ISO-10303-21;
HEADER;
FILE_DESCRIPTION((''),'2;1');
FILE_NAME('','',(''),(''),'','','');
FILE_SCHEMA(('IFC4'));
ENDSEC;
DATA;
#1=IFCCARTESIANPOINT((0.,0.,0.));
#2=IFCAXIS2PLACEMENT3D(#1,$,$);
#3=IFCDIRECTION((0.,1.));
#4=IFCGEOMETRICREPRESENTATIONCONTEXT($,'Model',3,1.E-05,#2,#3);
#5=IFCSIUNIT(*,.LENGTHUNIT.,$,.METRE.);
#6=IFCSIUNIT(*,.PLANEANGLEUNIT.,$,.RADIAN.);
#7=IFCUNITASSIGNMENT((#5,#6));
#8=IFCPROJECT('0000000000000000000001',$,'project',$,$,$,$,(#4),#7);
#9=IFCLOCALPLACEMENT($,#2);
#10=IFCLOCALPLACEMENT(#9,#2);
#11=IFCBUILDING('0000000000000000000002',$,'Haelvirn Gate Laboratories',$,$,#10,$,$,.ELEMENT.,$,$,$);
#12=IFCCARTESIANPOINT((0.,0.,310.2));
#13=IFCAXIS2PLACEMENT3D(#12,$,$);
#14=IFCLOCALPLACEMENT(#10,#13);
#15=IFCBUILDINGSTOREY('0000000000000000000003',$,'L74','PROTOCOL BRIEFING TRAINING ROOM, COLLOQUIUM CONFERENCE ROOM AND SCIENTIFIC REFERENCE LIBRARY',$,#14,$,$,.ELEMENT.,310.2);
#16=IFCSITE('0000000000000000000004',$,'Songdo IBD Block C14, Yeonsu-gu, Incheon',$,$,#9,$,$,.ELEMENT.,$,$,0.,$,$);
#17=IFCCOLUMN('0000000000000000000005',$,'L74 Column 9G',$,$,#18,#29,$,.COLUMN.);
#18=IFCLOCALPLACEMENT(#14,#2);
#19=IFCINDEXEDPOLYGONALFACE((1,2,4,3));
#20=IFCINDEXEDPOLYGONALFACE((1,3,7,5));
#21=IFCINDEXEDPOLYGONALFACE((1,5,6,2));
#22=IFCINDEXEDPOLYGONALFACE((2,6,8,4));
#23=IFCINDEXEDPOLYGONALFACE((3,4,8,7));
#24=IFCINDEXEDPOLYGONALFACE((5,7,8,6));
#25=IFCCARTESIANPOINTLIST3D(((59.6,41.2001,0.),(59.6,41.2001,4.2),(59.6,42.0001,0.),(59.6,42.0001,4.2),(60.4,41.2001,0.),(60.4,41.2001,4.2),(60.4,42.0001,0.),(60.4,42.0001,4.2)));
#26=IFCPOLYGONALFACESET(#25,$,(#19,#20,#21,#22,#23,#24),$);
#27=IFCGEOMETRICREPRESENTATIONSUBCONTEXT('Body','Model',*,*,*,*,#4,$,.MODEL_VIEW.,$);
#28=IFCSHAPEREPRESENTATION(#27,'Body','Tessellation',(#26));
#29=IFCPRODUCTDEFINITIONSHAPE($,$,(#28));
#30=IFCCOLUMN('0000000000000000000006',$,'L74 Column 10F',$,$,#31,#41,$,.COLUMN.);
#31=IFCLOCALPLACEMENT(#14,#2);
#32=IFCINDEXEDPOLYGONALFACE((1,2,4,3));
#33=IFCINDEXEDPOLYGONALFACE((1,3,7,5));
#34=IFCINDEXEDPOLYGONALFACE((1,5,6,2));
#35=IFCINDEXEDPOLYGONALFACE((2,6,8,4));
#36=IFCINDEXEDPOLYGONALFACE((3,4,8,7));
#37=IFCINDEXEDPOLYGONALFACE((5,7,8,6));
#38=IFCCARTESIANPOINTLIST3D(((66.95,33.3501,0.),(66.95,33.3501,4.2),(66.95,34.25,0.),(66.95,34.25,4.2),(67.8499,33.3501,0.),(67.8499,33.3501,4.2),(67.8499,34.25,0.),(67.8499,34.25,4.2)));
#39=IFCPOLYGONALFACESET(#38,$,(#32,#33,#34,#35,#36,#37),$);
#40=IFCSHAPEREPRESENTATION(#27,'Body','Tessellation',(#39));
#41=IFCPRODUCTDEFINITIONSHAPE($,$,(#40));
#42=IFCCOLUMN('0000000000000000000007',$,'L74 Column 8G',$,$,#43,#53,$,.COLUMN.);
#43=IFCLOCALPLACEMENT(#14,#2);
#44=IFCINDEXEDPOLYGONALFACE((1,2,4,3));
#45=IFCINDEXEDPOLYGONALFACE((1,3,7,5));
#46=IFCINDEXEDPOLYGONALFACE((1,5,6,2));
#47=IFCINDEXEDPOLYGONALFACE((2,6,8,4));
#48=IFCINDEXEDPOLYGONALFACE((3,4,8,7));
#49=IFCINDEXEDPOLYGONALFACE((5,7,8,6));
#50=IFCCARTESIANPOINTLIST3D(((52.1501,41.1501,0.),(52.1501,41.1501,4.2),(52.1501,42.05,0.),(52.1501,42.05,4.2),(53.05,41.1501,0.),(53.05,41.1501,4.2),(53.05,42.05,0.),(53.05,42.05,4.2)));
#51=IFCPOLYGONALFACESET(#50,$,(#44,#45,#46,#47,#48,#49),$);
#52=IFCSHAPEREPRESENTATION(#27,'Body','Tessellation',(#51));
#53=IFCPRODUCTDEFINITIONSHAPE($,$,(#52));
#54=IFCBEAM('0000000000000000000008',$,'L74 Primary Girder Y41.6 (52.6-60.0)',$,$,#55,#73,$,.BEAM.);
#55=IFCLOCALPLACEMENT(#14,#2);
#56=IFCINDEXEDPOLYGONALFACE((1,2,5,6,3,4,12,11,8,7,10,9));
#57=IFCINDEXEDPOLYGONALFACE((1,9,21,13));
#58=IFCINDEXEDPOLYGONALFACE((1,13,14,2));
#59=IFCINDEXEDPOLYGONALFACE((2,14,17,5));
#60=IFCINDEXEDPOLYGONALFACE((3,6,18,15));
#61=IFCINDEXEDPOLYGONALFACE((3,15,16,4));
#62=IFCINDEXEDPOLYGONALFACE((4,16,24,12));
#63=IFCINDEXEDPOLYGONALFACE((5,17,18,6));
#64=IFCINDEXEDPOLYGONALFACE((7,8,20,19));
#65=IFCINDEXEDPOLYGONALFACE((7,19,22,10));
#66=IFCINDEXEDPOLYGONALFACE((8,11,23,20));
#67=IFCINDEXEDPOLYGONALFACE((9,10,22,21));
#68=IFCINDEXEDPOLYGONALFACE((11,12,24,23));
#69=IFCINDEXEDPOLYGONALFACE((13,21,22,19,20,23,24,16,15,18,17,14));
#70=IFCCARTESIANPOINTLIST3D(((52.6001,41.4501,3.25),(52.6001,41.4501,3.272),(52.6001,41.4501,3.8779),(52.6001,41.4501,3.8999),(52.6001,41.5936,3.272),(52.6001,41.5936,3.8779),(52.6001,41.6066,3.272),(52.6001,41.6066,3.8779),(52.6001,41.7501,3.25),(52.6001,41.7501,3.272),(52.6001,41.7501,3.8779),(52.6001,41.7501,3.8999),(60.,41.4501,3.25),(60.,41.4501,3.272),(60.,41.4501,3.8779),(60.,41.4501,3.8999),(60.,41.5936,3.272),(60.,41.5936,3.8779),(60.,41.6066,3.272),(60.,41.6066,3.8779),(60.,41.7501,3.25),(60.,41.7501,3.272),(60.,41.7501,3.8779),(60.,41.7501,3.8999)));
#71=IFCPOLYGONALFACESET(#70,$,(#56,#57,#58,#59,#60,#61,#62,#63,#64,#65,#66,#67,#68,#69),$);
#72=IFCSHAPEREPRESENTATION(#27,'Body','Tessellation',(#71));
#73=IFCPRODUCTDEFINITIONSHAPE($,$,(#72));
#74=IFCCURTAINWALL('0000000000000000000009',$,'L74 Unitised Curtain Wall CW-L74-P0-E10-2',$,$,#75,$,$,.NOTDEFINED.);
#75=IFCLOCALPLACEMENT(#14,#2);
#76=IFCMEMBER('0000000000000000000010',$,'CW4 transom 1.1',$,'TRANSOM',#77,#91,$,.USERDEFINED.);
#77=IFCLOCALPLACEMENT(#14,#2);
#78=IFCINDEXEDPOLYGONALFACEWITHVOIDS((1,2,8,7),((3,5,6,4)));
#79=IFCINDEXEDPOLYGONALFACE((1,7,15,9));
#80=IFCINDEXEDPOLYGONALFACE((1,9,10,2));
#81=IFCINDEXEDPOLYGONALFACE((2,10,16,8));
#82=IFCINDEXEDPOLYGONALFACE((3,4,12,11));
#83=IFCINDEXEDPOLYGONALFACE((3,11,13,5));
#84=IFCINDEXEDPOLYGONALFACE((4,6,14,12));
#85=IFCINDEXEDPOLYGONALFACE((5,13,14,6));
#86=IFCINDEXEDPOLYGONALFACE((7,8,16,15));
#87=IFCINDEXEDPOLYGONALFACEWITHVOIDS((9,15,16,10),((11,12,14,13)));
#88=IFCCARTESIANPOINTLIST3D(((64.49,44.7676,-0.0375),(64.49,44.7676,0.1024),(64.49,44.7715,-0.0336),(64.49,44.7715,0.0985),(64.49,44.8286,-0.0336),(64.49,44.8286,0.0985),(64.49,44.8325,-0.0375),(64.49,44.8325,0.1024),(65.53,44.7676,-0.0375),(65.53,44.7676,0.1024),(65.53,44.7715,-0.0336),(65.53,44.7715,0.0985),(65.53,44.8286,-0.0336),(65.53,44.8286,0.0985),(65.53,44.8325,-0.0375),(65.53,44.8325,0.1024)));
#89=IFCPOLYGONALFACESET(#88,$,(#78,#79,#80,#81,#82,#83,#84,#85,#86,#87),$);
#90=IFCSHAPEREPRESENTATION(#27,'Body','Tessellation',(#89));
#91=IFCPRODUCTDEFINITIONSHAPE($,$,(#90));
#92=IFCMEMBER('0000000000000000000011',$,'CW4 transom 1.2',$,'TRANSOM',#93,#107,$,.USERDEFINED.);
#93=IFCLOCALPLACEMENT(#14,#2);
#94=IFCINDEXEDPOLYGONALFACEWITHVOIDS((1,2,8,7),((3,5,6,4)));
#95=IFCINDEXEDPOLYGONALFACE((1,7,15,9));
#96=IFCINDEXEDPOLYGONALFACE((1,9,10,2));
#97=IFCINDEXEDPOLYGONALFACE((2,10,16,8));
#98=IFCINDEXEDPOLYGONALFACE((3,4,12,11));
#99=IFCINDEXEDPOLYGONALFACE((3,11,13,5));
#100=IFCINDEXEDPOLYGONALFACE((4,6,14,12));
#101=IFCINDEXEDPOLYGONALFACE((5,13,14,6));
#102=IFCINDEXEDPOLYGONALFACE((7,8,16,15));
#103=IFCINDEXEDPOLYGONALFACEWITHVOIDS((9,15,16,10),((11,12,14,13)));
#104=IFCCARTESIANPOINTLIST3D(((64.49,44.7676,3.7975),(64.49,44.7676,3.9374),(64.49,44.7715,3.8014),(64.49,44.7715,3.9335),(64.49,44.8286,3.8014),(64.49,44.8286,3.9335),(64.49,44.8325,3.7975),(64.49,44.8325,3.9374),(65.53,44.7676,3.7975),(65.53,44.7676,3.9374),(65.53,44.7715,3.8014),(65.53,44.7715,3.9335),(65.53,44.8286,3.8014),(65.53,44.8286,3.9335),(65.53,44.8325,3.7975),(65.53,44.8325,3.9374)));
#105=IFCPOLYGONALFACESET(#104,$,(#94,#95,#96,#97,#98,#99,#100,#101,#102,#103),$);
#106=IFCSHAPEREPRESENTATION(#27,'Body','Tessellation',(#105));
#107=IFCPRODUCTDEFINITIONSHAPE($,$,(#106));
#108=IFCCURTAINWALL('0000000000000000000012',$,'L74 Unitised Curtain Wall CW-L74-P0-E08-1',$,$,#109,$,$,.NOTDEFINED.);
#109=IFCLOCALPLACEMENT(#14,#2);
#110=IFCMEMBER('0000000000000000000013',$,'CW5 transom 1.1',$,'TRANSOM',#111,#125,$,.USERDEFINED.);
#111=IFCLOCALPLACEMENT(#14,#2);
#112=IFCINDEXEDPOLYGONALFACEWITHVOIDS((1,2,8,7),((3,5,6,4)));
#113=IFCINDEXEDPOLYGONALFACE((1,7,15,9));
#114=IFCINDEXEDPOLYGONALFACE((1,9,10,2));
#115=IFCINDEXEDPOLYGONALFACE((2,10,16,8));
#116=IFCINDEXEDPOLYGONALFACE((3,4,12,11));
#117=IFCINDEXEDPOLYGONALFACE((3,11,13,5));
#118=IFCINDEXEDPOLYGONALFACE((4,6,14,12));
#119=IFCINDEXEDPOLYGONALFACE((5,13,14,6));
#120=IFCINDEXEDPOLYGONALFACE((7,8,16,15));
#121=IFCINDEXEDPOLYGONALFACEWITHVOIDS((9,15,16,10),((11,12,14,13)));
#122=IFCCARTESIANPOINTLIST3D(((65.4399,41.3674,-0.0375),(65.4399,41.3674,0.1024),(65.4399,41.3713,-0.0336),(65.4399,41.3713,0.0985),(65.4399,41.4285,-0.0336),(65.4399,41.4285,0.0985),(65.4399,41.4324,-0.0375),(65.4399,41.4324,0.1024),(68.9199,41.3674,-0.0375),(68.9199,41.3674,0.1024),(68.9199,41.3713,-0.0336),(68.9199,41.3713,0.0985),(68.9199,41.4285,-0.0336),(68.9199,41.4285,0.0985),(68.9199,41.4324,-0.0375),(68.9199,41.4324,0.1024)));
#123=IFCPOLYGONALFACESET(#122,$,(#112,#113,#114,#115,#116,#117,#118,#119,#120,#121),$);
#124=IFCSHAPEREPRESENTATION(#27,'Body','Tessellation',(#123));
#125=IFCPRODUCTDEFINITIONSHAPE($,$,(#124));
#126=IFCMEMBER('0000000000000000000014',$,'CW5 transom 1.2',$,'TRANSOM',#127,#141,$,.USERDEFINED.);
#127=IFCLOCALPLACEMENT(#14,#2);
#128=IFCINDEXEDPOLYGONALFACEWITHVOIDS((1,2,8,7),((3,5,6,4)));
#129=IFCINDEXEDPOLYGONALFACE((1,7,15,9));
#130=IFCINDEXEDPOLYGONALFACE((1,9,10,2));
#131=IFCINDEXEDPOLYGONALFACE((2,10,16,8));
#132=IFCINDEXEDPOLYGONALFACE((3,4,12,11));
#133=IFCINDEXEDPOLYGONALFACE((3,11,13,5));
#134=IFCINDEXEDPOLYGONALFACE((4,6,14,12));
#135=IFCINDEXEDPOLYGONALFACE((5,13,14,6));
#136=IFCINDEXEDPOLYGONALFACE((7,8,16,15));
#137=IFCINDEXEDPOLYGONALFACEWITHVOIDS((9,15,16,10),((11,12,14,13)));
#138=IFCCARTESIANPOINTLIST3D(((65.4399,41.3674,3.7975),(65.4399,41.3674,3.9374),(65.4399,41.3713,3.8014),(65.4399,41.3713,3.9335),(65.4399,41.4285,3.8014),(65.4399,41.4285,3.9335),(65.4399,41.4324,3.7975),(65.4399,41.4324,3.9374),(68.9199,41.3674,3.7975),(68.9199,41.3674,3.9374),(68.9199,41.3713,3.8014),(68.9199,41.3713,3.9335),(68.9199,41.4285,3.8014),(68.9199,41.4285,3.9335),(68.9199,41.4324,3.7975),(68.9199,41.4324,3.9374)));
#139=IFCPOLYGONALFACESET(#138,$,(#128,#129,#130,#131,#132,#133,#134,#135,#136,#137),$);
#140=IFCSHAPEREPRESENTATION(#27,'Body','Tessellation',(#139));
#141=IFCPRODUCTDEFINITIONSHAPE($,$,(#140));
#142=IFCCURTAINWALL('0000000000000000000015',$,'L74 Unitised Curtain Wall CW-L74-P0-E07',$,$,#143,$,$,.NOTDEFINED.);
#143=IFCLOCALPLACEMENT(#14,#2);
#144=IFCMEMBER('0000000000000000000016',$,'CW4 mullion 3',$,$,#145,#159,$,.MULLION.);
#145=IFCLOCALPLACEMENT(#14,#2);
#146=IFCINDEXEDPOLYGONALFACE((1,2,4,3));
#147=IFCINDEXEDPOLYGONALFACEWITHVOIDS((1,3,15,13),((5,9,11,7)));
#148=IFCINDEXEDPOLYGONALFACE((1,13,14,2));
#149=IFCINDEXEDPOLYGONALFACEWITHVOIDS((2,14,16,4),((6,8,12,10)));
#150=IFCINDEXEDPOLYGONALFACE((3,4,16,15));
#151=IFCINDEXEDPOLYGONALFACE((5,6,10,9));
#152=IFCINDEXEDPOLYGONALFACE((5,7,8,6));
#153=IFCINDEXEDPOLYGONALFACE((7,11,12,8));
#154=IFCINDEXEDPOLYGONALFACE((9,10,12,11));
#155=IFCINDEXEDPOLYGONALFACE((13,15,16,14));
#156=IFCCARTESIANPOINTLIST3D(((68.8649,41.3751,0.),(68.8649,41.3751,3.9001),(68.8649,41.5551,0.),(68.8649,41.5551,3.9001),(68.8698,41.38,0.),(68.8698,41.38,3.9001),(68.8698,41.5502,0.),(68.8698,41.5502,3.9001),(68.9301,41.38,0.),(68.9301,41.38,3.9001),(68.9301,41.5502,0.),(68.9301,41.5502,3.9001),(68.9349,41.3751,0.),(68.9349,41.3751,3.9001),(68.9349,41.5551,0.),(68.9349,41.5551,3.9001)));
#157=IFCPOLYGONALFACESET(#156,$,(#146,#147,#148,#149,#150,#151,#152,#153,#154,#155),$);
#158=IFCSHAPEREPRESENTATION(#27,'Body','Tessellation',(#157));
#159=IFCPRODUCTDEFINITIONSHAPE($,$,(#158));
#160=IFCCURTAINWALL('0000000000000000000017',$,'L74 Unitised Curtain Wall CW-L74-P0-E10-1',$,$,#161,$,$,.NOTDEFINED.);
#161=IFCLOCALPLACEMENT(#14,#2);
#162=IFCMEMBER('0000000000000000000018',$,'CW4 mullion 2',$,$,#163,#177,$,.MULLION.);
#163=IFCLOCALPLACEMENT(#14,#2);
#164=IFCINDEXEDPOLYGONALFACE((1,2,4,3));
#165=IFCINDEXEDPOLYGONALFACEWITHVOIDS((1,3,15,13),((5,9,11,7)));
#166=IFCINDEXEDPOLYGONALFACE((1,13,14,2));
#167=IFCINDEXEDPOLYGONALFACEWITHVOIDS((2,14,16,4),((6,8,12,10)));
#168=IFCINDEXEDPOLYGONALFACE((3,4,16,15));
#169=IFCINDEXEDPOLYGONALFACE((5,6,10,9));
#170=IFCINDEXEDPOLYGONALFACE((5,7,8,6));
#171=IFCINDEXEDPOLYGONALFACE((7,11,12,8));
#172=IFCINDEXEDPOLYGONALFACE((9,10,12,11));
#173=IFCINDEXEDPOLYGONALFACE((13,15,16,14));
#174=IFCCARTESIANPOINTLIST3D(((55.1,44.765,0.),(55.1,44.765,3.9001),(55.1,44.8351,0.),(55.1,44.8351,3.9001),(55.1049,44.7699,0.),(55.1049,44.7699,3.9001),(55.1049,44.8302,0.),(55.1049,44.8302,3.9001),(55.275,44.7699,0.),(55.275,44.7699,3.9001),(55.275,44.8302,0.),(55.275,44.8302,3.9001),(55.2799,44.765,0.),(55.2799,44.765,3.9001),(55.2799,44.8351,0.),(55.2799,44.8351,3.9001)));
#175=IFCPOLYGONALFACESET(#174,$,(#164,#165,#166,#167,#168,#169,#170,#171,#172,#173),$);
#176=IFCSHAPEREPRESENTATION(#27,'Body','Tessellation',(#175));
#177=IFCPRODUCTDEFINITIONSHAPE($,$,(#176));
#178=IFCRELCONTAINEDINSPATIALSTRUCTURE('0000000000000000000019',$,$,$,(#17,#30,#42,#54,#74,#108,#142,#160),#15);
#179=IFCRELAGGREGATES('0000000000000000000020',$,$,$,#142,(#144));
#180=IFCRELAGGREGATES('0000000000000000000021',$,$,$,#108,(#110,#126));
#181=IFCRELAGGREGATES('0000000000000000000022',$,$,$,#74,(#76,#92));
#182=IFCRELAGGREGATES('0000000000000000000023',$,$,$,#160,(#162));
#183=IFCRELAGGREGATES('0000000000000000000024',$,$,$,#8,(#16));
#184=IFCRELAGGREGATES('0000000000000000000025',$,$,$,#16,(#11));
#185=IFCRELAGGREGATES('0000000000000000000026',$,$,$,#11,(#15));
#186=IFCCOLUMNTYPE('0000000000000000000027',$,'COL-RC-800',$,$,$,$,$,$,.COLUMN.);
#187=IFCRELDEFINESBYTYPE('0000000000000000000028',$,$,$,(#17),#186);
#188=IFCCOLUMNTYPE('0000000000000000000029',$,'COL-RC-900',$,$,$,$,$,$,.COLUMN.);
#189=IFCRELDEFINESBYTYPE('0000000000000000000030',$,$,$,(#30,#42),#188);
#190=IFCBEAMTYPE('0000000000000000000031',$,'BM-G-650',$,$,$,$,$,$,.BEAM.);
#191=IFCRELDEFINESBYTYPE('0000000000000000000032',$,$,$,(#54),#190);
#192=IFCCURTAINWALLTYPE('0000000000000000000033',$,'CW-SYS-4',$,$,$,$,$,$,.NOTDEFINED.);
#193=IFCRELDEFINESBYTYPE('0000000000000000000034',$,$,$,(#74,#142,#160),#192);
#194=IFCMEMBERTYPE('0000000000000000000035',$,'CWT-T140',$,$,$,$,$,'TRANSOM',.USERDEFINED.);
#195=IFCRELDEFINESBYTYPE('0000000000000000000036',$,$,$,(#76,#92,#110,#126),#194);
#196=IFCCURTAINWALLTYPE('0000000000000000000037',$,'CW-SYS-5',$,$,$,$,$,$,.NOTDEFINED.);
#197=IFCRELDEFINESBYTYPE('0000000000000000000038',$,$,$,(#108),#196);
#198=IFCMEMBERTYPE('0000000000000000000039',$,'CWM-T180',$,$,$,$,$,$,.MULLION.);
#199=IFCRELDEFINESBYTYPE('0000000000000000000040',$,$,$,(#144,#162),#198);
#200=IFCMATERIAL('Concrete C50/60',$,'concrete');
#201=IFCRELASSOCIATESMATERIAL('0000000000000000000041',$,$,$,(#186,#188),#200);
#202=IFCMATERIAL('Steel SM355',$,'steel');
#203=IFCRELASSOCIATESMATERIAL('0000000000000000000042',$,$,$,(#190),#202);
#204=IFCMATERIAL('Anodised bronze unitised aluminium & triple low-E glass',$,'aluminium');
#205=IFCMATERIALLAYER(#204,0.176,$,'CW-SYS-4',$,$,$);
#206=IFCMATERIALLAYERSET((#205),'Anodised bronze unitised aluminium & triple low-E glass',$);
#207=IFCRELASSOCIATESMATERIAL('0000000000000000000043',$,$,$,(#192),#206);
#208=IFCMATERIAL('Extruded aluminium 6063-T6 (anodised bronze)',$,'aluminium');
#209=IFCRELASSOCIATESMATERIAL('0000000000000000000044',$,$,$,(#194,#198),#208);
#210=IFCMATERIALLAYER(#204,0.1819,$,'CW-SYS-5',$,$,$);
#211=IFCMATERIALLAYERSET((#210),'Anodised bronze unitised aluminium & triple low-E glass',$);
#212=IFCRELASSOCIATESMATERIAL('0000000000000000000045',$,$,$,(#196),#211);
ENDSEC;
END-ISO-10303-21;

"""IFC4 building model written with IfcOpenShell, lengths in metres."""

from ifc_helpers import new_model, si_unit, direction, frame, origin, origin_2d, place, context, subcontext, project, spatial, rectangle, hollow_rectangle, i_section, extrude, source, transform, mapped, material, layer, layer_set, material_profile, profile_set, type_object, type_shapes, element, aggregate, save


model = new_model("IFC4")

# Units and contexts
model_context = context("Model", 3, precision=1e-05, world=origin(), true_north=direction((0.0, 1.0)))
body_context = subcontext(model_context, "Body", "Model", "MODEL_VIEW")
ifc_project = project(units=[si_unit("LENGTHUNIT", "METRE"), si_unit("PLANEANGLEUNIT", "RADIAN")], contexts=[model_context])

# Site, building, storey
site_placement = place(None, origin())
site = spatial("IfcSite", under=ifc_project, at=site_placement, Name="Songdo IBD Block C14, Yeonsu-gu, Incheon", CompositionType="ELEMENT", RefElevation=0.0)
building_placement = place(site_placement, origin())
building = spatial("IfcBuilding", under=site, at=building_placement, Name="Haelvirn Gate Laboratories", CompositionType="ELEMENT")
storey_placement = place(building_placement, frame((0.0, 0.0, 310.2)))
storey = spatial("IfcBuildingStorey", under=building, at=storey_placement, Name="L74", Description="PROTOCOL BRIEFING TRAINING ROOM, COLLOQUIUM CONFERENCE ROOM AND SCIENTIFIC REFERENCE LIBRARY", CompositionType="ELEMENT", Elevation=310.2)

# Columns
ifc_material_1 = material(Name="Concrete C50/60", Category="concrete")
ifc_material_profile_1 = material_profile(ifc_material_1, rectangle(XDim=0.8, YDim=0.8, at=origin_2d()), Name="RC-800x800")
ifc_profile_set_1 = profile_set([ifc_material_profile_1], Name="Concrete C50/60")
column_type_1 = type_object("IfcColumnType", Name="COL-RC-800", PredefinedType="COLUMN", material=ifc_profile_set_1)
shared_shape_1 = source(origin(), body_context, "Body", "SweptSolid", [
    extrude(rectangle(XDim=0.8, YDim=0.8, at=origin_2d()), origin(), (0.0, 0.0, 1.0), 4.2),
])
type_shapes(column_type_1, [shared_shape_1])
column_placement = place(storey_placement, frame((60.0, 41.6001, 0.0), z_axis=(0.0, 0.0, 1.0), x_axis=(1.0, 0.0, 0.0)))
element("IfcColumn", 1, at=column_placement, inside=storey, type_object=column_type_1, Name="L74 Column 9G", PredefinedType="COLUMN", context=body_context, shape_type="MappedRepresentation", body=[
    mapped(shared_shape_1, transform((0.0, 0.0, 0.0), scale=1.0)),
])
ifc_material_profile_2 = material_profile(ifc_material_1, rectangle(XDim=0.8999, YDim=0.8999, at=origin_2d()), Name="RC-900x900")
ifc_profile_set_2 = profile_set([ifc_material_profile_2], Name="Concrete C50/60")
column_type_2 = type_object("IfcColumnType", Name="COL-RC-900", PredefinedType="COLUMN", material=ifc_profile_set_2)
shared_shape_2 = source(origin(), body_context, "Body", "SweptSolid", [
    extrude(rectangle(XDim=0.8999, YDim=0.8999, at=origin_2d()), origin(), (0.0, 0.0, 1.0), 4.2),
])
type_shapes(column_type_2, [shared_shape_2])
for number, where, z_axis, x_axis, name in (
    (2, (67.3999, 33.8, 0.0), (0.0, 0.0, 1.0), (1.0, 0.0, 0.0), "L74 Column 10F"),
    (3, (52.6001, 41.6001, 0.0), (0.0, 0.0, 1.0), (1.0, 0.0, 0.0), "L74 Column 8G"),
):
    element("IfcColumn", number, at=place(storey_placement, frame(where, z_axis=z_axis, x_axis=x_axis)), inside=storey, type_object=column_type_2, Name=name, PredefinedType="COLUMN", context=body_context, shape_type="MappedRepresentation", body=[
        mapped(shared_shape_2, transform((0.0, 0.0, 0.0), scale=1.0)),
    ])

# Beam
ifc_material_2 = material(Name="Steel SM355", Category="steel")
ifc_material_profile_3 = material_profile(ifc_material_2, i_section(OverallWidth=0.3, OverallDepth=0.6499, WebThickness=0.0129, FlangeThickness=0.022, at=origin_2d()), Name="H-650x300x13x22")
ifc_profile_set_3 = profile_set([ifc_material_profile_3], Name="Steel SM355")
beam_type = type_object("IfcBeamType", Name="BM-G-650", PredefinedType="BEAM", material=ifc_profile_set_3)
shared_shape_3 = source(origin(), body_context, "Body", "SweptSolid", [
    extrude(i_section(OverallWidth=0.3, OverallDepth=0.6499, WebThickness=0.0129, FlangeThickness=0.022, at=origin_2d()), origin(), (0.0, 0.0, 1.0), 7.3999),
])
type_shapes(beam_type, [shared_shape_3])
beam_placement = place(storey_placement, frame((52.6001, 41.6001, 3.575), z_axis=(1.0, 0.0, 0.0), x_axis=(0.0, 1.0, 0.0)))
element("IfcBeam", 4, at=beam_placement, inside=storey, type_object=beam_type, Name="L74 Primary Girder Y41.6 (52.6-60.0)", PredefinedType="BEAM", context=body_context, shape_type="MappedRepresentation", body=[
    mapped(shared_shape_3, transform((0.0, 0.0, 0.0), scale=1.0)),
])

# Curtain walls, members
ifc_material_3 = material(Name="Anodised bronze unitised aluminium & triple low-E glass", Category="aluminium")
ifc_layer_1 = layer(ifc_material_3, 0.176, Name="CW-SYS-4")
ifc_layer_set_1 = layer_set([ifc_layer_1], Name="Anodised bronze unitised aluminium & triple low-E glass")
curtain_wall_type_1 = type_object("IfcCurtainWallType", Name="CW-SYS-4", PredefinedType="NOTDEFINED", material=ifc_layer_set_1)
curtain_wall_1_placement = place(storey_placement, origin())
curtain_wall_1 = element("IfcCurtainWall", 5, at=curtain_wall_1_placement, inside=storey, type_object=curtain_wall_type_1, Name="L74 Unitised Curtain Wall CW-L74-P0-E10-2", PredefinedType="NOTDEFINED")
ifc_material_4 = material(Name="Extruded aluminium 6063-T6 (anodised bronze)", Category="aluminium")
ifc_material_profile_4 = material_profile(ifc_material_4, hollow_rectangle(XDim=0.0649, YDim=0.1399, WallThickness=0.0039, at=origin_2d()), Name="CWT-140x65x4")
ifc_profile_set_4 = profile_set([ifc_material_profile_4], Name="Extruded aluminium 6063-T6 (anodised bronze)")
member_type_1 = type_object("IfcMemberType", Name="CWT-T140", ElementType="TRANSOM", PredefinedType="USERDEFINED", material=ifc_profile_set_4)
shared_shape_4 = source(origin(), body_context, "Body", "SweptSolid", [
    extrude(hollow_rectangle(XDim=0.0649, YDim=0.1399, WallThickness=0.0039, at=origin_2d()), origin(), (0.0, 0.0, 1.0), 1.04),
])
member_1_placement = place(storey_placement, frame((64.49, 44.8, 0.0325), z_axis=(1.0, 0.0, 0.0), x_axis=(0.0, 1.0, 0.0)))
member_1 = element("IfcMember", 6, at=member_1_placement, type_object=member_type_1, Name="CW4 transom 1.1", ObjectType="TRANSOM", PredefinedType="USERDEFINED", context=body_context, shape_type="MappedRepresentation", body=[
    mapped(shared_shape_4, transform((0.0, 0.0, 0.0), scale=1.0)),
])
member_2_placement = place(storey_placement, frame((64.49, 44.8, 3.8674), z_axis=(1.0, 0.0, 0.0), x_axis=(0.0, 1.0, 0.0)))
member_2 = element("IfcMember", 7, at=member_2_placement, type_object=member_type_1, Name="CW4 transom 1.2", ObjectType="TRANSOM", PredefinedType="USERDEFINED", context=body_context, shape_type="MappedRepresentation", body=[
    mapped(shared_shape_4, transform((0.0, 0.0, 0.0), scale=1.0)),
])
ifc_layer_2 = layer(ifc_material_3, 0.1819, Name="CW-SYS-5")
ifc_layer_set_2 = layer_set([ifc_layer_2], Name="Anodised bronze unitised aluminium & triple low-E glass")
curtain_wall_type_2 = type_object("IfcCurtainWallType", Name="CW-SYS-5", PredefinedType="NOTDEFINED", material=ifc_layer_set_2)
curtain_wall_2_placement = place(storey_placement, origin())
curtain_wall_2 = element("IfcCurtainWall", 8, at=curtain_wall_2_placement, inside=storey, type_object=curtain_wall_type_2, Name="L74 Unitised Curtain Wall CW-L74-P0-E08-1", PredefinedType="NOTDEFINED")
shared_shape_5 = source(origin(), body_context, "Body", "SweptSolid", [
    extrude(hollow_rectangle(XDim=0.0649, YDim=0.1399, WallThickness=0.0039, at=origin_2d()), origin(), (0.0, 0.0, 1.0), 3.48),
])
member_3_placement = place(storey_placement, frame((65.4399, 41.3999, 0.0325), z_axis=(1.0, 0.0, 0.0), x_axis=(0.0, 1.0, 0.0)))
member_3 = element("IfcMember", 9, at=member_3_placement, type_object=member_type_1, Name="CW5 transom 1.1", ObjectType="TRANSOM", PredefinedType="USERDEFINED", context=body_context, shape_type="MappedRepresentation", body=[
    mapped(shared_shape_5, transform((0.0, 0.0, 0.0), scale=1.0)),
])
member_4_placement = place(storey_placement, frame((65.4399, 41.3999, 3.8674), z_axis=(1.0, 0.0, 0.0), x_axis=(0.0, 1.0, 0.0)))
member_4 = element("IfcMember", 10, at=member_4_placement, type_object=member_type_1, Name="CW5 transom 1.2", ObjectType="TRANSOM", PredefinedType="USERDEFINED", context=body_context, shape_type="MappedRepresentation", body=[
    mapped(shared_shape_5, transform((0.0, 0.0, 0.0), scale=1.0)),
])

# Curtain wall, member
curtain_wall_3_placement = place(storey_placement, origin())
curtain_wall_3 = element("IfcCurtainWall", 11, at=curtain_wall_3_placement, inside=storey, type_object=curtain_wall_type_1, Name="L74 Unitised Curtain Wall CW-L74-P0-E07", PredefinedType="NOTDEFINED")
ifc_material_profile_5 = material_profile(ifc_material_4, hollow_rectangle(XDim=0.0701, YDim=0.1799, WallThickness=0.0049, at=origin_2d()), Name="CWM-180x70x5")
ifc_profile_set_5 = profile_set([ifc_material_profile_5], Name="Extruded aluminium 6063-T6 (anodised bronze)")
member_type_2 = type_object("IfcMemberType", Name="CWM-T180", PredefinedType="MULLION", material=ifc_profile_set_5)
shared_shape_6 = source(origin(), body_context, "Body", "SweptSolid", [
    extrude(hollow_rectangle(XDim=0.0701, YDim=0.1799, WallThickness=0.0049, at=origin_2d()), origin(), (0.0, 0.0, 1.0), 3.9001),
])
type_shapes(member_type_2, [shared_shape_6])
member_5_placement = place(storey_placement, frame((68.8999, 41.4651, 0.0), z_axis=(0.0, 0.0, 1.0), x_axis=(-1.0, 0.0, 0.0)))
member_5 = element("IfcMember", 12, at=member_5_placement, type_object=member_type_2, Name="CW4 mullion 3", PredefinedType="MULLION", context=body_context, shape_type="MappedRepresentation", body=[
    mapped(shared_shape_6, transform((0.0, 0.0, 0.0), scale=1.0)),
])
aggregate(curtain_wall_3, [member_5])

# Curtain wall, member
curtain_wall_4_placement = place(storey_placement, origin())
curtain_wall_4 = element("IfcCurtainWall", 13, at=curtain_wall_4_placement, inside=storey, type_object=curtain_wall_type_1, Name="L74 Unitised Curtain Wall CW-L74-P0-E10-1", PredefinedType="NOTDEFINED")
member_6_placement = place(storey_placement, frame((55.1899, 44.8, 0.0), z_axis=(0.0, 0.0, 1.0), x_axis=(0.0, 1.0, 0.0)))
member_6 = element("IfcMember", 14, at=member_6_placement, type_object=member_type_2, Name="CW4 mullion 2", PredefinedType="MULLION", context=body_context, shape_type="MappedRepresentation", body=[
    mapped(shared_shape_6, transform((0.0, 0.0, 0.0), scale=1.0)),
])

aggregate(curtain_wall_2, [member_3, member_4])
aggregate(curtain_wall_1, [member_1, member_2])
aggregate(curtain_wall_4, [member_6])

save(model, "model.ifc")
